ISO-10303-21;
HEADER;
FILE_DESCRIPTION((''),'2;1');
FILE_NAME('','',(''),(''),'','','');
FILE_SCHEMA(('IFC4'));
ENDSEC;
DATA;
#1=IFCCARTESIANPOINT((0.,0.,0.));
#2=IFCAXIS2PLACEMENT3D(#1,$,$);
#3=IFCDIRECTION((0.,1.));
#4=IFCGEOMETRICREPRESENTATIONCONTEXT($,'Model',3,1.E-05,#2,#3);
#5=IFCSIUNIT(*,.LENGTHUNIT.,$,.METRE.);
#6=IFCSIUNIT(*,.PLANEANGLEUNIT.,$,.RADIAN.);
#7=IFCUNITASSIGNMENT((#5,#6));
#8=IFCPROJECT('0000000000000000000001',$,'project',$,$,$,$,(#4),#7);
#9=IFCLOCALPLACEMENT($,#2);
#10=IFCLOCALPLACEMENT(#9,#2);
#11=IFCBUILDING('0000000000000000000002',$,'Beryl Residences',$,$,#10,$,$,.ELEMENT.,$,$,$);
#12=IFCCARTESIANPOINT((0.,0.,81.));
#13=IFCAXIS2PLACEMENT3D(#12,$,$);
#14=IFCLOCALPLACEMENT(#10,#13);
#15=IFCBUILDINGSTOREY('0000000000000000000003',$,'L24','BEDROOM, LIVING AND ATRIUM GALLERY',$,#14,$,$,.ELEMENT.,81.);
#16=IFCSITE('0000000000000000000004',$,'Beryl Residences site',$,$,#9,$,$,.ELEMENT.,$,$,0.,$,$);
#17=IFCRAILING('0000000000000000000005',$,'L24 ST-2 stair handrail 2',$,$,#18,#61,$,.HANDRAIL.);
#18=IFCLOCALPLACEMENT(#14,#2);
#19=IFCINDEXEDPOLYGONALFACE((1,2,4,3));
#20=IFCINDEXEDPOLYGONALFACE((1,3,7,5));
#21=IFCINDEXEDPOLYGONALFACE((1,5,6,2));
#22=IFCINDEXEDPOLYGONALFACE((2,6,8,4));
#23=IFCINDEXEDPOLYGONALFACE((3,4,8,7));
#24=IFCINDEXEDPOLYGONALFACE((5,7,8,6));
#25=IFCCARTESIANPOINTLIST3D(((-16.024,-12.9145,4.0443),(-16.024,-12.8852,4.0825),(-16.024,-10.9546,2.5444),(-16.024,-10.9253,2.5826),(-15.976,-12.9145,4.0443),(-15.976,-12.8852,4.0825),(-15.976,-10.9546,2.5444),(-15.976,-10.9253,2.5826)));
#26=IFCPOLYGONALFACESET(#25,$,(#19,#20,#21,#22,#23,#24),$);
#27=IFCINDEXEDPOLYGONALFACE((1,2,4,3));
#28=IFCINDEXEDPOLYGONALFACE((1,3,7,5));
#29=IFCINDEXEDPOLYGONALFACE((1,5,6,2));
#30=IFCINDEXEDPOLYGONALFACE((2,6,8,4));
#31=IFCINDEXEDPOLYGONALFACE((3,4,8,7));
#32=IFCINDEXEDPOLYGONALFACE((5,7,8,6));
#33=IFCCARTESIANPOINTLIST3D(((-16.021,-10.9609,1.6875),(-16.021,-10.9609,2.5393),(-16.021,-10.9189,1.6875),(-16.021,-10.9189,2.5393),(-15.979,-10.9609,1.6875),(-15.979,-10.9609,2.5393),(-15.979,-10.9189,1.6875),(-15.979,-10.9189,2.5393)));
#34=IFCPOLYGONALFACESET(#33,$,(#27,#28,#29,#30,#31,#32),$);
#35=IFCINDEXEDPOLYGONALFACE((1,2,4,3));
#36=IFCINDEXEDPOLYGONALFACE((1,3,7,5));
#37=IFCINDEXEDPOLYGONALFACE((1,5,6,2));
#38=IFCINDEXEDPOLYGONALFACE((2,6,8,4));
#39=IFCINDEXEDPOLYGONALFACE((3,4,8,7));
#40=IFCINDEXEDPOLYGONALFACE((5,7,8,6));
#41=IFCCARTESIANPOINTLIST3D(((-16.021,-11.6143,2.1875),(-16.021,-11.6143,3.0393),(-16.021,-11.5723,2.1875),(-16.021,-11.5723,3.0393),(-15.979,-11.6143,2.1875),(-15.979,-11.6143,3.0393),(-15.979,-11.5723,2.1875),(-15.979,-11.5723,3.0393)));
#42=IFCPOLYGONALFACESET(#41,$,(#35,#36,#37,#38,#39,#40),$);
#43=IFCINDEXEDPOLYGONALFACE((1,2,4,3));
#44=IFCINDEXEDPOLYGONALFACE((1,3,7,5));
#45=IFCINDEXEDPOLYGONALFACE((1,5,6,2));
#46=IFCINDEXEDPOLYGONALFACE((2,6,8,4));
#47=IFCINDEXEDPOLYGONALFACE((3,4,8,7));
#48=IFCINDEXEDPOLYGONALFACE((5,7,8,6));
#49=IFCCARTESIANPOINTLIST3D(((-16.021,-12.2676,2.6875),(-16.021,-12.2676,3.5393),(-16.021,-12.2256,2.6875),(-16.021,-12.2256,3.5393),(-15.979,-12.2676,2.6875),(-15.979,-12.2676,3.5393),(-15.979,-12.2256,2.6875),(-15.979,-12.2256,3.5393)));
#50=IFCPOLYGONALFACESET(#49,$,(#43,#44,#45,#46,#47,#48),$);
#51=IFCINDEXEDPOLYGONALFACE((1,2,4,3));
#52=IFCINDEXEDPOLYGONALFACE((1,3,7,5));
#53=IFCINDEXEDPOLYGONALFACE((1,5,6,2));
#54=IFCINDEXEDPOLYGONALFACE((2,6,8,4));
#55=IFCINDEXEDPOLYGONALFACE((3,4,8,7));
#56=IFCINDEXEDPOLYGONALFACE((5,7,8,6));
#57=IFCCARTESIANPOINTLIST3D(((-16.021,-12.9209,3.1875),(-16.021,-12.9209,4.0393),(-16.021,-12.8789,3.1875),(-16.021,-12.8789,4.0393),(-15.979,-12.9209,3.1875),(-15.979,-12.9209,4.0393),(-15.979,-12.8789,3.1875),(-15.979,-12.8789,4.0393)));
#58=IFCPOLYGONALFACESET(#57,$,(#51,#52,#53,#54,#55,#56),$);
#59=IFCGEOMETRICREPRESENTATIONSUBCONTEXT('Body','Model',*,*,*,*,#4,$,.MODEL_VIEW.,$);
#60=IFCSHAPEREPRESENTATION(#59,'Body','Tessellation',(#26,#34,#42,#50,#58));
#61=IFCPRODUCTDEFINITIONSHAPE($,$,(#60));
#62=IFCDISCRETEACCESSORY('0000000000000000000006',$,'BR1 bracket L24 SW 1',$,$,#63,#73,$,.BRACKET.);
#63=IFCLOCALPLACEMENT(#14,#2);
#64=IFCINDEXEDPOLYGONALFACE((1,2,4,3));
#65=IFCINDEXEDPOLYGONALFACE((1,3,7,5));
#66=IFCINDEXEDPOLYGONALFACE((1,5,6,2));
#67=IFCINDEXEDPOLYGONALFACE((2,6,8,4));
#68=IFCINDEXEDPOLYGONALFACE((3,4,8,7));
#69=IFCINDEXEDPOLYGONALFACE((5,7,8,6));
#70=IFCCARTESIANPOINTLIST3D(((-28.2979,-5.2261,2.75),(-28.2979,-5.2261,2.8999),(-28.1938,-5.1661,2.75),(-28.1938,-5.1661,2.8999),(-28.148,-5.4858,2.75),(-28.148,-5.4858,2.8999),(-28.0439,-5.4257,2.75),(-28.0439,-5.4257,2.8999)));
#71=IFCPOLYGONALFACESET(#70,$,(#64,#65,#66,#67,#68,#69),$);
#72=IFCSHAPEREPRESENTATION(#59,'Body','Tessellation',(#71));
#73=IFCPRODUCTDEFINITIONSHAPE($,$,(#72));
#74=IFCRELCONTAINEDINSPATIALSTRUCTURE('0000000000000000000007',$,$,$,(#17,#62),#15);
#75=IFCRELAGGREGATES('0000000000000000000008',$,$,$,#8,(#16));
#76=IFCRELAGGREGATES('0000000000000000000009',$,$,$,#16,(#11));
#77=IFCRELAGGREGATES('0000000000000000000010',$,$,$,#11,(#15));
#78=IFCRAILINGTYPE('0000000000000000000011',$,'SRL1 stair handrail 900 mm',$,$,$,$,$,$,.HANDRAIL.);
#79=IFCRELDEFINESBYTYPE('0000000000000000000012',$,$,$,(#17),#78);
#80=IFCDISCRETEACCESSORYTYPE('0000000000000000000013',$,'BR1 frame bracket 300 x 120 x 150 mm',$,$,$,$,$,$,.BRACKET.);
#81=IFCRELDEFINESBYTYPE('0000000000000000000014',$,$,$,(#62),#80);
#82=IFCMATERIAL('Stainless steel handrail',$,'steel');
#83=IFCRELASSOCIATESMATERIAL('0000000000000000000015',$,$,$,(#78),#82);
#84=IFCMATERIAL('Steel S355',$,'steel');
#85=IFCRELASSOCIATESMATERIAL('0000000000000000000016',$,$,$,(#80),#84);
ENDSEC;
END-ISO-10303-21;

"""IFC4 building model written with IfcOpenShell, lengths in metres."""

from ifc_helpers import new_model, si_unit, direction, frame, origin, origin_2d, place, context, subcontext, project, spatial, polyline, rectangle, outline, extrude, source, transform, mapped, material, type_object, type_shapes, element, save


model = new_model("IFC4")

# Units and contexts
model_context = context("Model", 3, precision=1e-05, world=origin(), true_north=direction((0.0, 1.0)))
body_context = subcontext(model_context, "Body", "Model", "MODEL_VIEW")
ifc_project = project(units=[si_unit("LENGTHUNIT", "METRE"), si_unit("PLANEANGLEUNIT", "RADIAN")], contexts=[model_context])

# Site, building, storey
site_placement = place(None, origin())
site = spatial("IfcSite", under=ifc_project, at=site_placement, Name="Beryl Residences site", CompositionType="ELEMENT", RefElevation=0.0)
building_placement = place(site_placement, origin())
building = spatial("IfcBuilding", under=site, at=building_placement, Name="Beryl Residences", CompositionType="ELEMENT")
storey_placement = place(building_placement, frame((0.0, 0.0, 81.0)))
storey = spatial("IfcBuildingStorey", under=building, at=storey_placement, Name="L24", Description="BEDROOM, LIVING AND ATRIUM GALLERY", CompositionType="ELEMENT", Elevation=81.0)

# Railing
ifc_material_1 = material(Name="Stainless steel handrail", Category="steel")
railing_type_1 = type_object("IfcRailingType", Name="SRL1 stair handrail 900 mm", PredefinedType="HANDRAIL", material=ifc_material_1)
railing_1_placement = place(storey_placement, frame((-16.0, -10.9399, 1.6875)))
element("IfcRailing", 1, at=railing_1_placement, inside=storey, type_object=railing_type_1, Name="L24 ST-2 stair handrail 2", PredefinedType="HANDRAIL", context=body_context, shape_type="SweptSolid", body=[
    extrude(rectangle(XDim=0.0481, YDim=0.0481, at=origin_2d()), frame((0.0, 0.0, 0.876), z_axis=(0.0, -0.794122, 0.607758), x_axis=(1.0, 0.0, 0.0)), (0.0, 0.0, 1.0), 2.468),
    extrude(rectangle(XDim=0.042, YDim=0.042, at=origin_2d()), origin(), (0.0, 0.0, 1.0), 0.8518),
    extrude(rectangle(XDim=0.042, YDim=0.042, at=origin_2d()), frame((0.0, -0.6533, 0.5)), (0.0, 0.0, 1.0), 0.8518),
    extrude(rectangle(XDim=0.042, YDim=0.042, at=origin_2d()), frame((0.0, -1.3066, 1.0)), (0.0, 0.0, 1.0), 0.8518),
    extrude(rectangle(XDim=0.042, YDim=0.042, at=origin_2d()), frame((0.0, -1.96, 1.5)), (0.0, 0.0, 1.0), 0.8518),
])

# Discrete accessory
ifc_material_2 = material(Name="Steel S355", Category="steel")
discrete_accessory_type = type_object("IfcDiscreteAccessoryType", Name="BR1 frame bracket 300 x 120 x 150 mm", PredefinedType="BRACKET", material=ifc_material_2)
shared_shape_1 = source(origin(), body_context, "Body", "SweptSolid", [
    extrude(outline(polyline([(-0.1499, 0.0), (0.1499, 0.0), (0.1499, 0.1201), (-0.1499, 0.1201), (-0.1499, 0.0)])), origin(), (0.0, 0.0, 1.0), 0.1499),
])
type_shapes(discrete_accessory_type, [shared_shape_1])
discrete_accessory_placement = place(storey_placement, frame((-28.1189, -5.2959, 2.75), z_axis=(0.0, 0.0, 1.0), x_axis=(-0.5, 0.866025, 0.0)))
element("IfcDiscreteAccessory", 2, at=discrete_accessory_placement, inside=storey, type_object=discrete_accessory_type, Name="BR1 bracket L24 SW 1", PredefinedType="BRACKET", context=body_context, shape_type="MappedRepresentation", body=[
    mapped(shared_shape_1, transform((0.0, 0.0, 0.0))),
])

save(model, "model.ifc")
